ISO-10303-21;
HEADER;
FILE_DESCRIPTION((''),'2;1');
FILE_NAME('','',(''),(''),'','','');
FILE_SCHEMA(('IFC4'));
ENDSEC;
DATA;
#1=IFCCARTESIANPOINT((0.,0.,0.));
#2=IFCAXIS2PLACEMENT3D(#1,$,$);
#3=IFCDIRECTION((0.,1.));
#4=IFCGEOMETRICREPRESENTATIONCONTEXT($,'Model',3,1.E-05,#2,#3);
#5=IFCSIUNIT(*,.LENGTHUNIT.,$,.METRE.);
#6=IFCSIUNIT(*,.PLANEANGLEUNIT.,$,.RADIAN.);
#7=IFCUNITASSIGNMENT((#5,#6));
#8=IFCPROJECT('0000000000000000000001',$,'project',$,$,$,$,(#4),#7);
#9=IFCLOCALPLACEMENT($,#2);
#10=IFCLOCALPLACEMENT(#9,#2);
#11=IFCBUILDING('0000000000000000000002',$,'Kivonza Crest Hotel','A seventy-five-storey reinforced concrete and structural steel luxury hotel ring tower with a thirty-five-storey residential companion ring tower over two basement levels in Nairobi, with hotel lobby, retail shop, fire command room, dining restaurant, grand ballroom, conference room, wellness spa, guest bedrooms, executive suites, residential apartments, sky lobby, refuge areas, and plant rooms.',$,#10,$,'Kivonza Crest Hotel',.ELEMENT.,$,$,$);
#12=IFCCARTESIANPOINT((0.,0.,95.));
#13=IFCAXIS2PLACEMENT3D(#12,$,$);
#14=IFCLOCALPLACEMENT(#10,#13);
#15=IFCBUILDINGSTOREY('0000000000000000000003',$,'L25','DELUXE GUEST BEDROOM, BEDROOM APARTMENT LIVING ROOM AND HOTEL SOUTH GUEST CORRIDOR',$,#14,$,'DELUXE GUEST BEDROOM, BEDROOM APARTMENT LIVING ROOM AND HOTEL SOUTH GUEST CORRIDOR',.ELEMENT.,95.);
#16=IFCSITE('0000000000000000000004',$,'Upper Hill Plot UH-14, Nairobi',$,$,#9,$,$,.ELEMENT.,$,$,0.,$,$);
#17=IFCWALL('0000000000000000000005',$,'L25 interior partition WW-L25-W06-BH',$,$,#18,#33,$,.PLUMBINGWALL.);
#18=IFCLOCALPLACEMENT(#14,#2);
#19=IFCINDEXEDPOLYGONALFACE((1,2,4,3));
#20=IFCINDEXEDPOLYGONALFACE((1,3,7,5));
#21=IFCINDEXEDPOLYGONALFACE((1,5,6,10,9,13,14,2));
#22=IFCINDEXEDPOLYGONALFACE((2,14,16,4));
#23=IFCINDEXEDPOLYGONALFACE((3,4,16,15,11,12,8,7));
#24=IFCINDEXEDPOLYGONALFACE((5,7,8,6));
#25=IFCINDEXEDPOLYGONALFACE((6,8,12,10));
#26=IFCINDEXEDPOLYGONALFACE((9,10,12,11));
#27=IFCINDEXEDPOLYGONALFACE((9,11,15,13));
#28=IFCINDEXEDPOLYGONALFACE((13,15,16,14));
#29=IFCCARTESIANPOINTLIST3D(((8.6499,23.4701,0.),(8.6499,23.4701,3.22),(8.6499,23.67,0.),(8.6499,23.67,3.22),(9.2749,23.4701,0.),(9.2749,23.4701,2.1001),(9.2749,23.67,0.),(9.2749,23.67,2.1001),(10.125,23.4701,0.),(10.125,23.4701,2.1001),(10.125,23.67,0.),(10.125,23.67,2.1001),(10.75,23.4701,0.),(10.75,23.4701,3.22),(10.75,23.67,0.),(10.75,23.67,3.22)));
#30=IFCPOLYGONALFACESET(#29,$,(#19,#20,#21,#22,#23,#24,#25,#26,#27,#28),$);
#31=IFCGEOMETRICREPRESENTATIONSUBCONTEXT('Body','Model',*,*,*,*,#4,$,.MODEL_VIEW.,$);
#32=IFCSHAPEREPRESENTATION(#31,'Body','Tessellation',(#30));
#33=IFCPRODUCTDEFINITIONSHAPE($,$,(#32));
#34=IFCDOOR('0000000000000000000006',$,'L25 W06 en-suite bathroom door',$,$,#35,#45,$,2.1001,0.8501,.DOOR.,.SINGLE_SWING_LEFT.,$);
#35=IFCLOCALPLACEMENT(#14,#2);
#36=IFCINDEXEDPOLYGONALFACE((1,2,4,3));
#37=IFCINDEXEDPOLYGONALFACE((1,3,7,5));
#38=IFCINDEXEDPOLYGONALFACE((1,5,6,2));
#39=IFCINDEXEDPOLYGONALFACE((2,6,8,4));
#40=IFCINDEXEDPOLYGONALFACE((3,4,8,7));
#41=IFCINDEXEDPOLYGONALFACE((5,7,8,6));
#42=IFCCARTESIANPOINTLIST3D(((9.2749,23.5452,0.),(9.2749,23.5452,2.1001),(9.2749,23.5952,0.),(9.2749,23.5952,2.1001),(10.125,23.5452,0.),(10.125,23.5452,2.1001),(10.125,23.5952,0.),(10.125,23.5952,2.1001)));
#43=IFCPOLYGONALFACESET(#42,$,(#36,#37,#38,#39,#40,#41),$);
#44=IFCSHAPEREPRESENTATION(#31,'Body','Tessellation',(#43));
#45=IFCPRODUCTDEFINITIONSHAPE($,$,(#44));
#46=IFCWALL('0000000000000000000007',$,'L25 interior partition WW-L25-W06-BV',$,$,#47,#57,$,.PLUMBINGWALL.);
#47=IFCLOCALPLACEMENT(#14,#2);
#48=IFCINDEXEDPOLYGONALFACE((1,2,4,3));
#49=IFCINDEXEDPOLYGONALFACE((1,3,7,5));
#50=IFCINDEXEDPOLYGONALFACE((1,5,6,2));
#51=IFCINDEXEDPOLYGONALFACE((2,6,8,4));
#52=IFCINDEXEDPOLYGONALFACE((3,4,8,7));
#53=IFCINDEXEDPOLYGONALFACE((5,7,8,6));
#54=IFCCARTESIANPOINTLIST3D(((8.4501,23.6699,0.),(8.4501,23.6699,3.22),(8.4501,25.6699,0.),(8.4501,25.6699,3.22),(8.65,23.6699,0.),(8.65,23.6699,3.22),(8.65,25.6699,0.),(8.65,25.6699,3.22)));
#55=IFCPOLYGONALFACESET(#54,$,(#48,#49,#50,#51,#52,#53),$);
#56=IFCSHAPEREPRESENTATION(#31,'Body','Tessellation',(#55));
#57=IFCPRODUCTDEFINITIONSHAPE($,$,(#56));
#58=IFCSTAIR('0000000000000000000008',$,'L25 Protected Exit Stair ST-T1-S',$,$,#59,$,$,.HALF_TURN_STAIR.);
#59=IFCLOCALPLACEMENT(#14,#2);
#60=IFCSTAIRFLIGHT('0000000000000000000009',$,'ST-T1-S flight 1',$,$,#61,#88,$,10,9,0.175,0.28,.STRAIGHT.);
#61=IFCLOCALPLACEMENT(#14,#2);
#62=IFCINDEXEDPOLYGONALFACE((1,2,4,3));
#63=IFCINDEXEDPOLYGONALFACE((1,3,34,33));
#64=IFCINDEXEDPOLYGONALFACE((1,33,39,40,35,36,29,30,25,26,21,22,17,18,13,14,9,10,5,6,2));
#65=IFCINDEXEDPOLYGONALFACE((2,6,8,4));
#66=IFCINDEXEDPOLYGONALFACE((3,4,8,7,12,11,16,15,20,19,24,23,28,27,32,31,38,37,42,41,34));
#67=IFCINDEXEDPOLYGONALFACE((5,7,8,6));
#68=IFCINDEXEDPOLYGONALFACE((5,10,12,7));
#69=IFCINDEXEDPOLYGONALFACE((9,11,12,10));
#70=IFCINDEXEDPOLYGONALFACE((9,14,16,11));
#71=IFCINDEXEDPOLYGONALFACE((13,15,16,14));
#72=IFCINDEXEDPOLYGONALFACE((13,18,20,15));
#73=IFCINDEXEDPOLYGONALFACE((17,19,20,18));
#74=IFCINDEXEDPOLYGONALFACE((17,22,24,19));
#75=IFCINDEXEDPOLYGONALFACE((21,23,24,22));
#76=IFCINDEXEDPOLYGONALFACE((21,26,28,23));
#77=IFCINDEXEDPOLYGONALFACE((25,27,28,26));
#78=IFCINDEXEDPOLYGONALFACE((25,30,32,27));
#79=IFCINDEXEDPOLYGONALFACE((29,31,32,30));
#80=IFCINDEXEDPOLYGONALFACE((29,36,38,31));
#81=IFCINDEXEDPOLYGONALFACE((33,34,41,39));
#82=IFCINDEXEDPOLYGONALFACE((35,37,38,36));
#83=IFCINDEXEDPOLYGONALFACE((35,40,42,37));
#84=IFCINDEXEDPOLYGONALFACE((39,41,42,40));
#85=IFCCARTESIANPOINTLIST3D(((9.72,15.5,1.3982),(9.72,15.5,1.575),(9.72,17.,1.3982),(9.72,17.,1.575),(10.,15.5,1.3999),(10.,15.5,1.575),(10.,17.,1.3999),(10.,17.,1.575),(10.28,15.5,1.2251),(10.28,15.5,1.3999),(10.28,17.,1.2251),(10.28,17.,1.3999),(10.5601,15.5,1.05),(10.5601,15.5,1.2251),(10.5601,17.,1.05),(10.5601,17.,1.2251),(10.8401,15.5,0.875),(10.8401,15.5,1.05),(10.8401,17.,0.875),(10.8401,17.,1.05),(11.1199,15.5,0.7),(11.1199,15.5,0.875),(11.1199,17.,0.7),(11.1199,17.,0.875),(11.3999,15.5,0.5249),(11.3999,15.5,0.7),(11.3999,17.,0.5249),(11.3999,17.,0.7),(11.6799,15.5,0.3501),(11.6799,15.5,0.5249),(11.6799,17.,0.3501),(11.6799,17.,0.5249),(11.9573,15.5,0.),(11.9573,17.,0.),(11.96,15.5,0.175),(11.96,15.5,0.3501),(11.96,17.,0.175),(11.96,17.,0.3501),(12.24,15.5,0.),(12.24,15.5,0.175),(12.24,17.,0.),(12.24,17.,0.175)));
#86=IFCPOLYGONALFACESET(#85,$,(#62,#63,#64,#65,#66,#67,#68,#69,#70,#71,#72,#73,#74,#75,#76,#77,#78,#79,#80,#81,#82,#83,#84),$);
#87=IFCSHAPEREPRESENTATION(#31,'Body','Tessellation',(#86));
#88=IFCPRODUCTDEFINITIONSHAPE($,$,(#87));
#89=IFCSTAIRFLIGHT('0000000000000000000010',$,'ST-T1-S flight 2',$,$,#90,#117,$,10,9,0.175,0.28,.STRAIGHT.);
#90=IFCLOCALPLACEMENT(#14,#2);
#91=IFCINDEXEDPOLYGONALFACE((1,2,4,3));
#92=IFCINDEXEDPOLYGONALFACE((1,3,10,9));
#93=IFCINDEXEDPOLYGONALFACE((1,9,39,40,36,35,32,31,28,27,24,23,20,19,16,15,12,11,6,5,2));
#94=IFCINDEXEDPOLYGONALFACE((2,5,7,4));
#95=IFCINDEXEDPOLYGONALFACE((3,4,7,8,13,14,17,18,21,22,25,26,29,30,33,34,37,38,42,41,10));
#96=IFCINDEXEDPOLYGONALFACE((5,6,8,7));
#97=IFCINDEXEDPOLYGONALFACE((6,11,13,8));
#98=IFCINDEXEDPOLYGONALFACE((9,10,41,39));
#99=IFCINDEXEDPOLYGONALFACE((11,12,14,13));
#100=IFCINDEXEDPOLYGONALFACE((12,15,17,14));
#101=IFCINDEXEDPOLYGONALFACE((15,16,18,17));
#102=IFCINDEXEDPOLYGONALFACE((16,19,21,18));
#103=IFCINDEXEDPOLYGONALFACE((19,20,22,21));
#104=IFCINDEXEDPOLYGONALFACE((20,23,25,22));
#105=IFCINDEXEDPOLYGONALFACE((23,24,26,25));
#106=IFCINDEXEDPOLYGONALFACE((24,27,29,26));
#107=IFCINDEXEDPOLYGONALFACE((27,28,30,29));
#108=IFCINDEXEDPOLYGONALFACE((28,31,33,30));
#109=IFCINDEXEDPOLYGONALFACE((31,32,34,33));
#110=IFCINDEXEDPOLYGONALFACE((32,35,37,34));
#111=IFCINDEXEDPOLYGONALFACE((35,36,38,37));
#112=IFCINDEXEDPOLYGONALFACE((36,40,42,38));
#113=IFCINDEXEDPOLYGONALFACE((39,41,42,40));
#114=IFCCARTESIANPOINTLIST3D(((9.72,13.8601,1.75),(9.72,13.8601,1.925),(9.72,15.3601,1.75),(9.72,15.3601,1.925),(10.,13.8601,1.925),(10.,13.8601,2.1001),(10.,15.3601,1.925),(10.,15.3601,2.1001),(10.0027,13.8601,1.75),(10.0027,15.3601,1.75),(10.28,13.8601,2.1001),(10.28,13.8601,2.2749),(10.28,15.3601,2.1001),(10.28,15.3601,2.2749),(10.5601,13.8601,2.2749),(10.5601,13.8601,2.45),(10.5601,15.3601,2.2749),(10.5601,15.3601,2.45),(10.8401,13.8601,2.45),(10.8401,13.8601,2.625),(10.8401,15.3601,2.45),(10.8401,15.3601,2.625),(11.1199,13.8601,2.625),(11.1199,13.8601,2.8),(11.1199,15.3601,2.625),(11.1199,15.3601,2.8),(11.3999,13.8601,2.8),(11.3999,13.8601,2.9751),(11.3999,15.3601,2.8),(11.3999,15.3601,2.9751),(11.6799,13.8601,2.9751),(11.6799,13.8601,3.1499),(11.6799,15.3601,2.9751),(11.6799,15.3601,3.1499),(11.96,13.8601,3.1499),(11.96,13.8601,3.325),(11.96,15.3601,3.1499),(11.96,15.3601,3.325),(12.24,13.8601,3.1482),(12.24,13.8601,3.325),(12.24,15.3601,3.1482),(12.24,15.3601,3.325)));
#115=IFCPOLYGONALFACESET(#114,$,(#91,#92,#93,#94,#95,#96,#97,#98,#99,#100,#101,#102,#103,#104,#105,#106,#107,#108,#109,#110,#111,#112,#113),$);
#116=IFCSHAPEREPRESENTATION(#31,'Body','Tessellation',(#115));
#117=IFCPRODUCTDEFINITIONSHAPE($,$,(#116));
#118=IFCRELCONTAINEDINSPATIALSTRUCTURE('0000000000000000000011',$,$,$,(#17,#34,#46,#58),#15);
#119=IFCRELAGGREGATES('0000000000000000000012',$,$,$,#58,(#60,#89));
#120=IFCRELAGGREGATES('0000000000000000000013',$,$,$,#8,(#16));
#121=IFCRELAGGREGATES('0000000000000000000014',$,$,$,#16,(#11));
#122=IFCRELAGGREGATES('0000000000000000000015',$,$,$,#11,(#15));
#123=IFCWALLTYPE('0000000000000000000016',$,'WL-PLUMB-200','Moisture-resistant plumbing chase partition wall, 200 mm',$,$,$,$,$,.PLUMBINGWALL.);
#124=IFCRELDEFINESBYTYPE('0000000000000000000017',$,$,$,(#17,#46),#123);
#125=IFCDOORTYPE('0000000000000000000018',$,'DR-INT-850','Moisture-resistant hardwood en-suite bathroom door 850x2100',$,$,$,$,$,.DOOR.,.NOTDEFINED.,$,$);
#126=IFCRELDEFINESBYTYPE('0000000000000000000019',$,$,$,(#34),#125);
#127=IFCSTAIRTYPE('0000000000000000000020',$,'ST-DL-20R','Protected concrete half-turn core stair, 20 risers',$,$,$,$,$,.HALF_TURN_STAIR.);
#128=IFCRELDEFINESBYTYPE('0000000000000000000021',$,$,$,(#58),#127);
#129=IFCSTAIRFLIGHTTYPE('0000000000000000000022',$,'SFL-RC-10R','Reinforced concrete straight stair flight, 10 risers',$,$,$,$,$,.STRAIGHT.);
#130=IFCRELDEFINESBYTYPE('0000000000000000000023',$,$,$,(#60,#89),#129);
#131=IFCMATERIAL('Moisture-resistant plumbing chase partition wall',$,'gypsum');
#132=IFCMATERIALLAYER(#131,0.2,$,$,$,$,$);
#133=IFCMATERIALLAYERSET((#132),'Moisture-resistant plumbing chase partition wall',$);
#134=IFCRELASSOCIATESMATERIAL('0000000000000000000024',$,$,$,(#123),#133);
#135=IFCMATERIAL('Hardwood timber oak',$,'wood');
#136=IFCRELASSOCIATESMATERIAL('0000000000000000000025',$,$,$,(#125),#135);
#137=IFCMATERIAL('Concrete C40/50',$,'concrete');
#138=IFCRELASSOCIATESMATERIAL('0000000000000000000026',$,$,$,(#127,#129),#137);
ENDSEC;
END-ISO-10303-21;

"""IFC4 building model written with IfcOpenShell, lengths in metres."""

from ifc_helpers import new_model, si_unit, direction, frame, frame_2d, origin, place, context, subcontext, project, spatial, polyline, rectangle, outline, extrude, material, layer, layer_set, type_object, element, fill, aggregate, save


model = new_model("IFC4")

# Units and contexts
model_context = context("Model", 3, precision=1e-05, world=origin(), true_north=direction((0.0, 1.0)))
body_context = subcontext(model_context, "Body", "Model", "MODEL_VIEW")
ifc_project = project(units=[si_unit("LENGTHUNIT", "METRE"), si_unit("PLANEANGLEUNIT", "RADIAN")], contexts=[model_context])

# Site, building, storey
site_placement = place(None, origin())
site = spatial("IfcSite", under=ifc_project, at=site_placement, Name="Upper Hill Plot UH-14, Nairobi", CompositionType="ELEMENT", RefElevation=0.0)
building_placement = place(site_placement, origin())
building = spatial("IfcBuilding", under=site, at=building_placement, Name="Kivonza Crest Hotel", Description="A seventy-five-storey reinforced concrete and structural steel luxury hotel ring tower with a thirty-five-storey residential companion ring tower over two basement levels in Nairobi, with hotel lobby, retail shop, fire command room, dining restaurant, grand ballroom, conference room, wellness spa, guest bedrooms, executive suites, residential apartments, sky lobby, refuge areas, and plant rooms.", LongName="Kivonza Crest Hotel", CompositionType="ELEMENT")
storey_placement = place(building_placement, frame((0.0, 0.0, 95.0)))
storey = spatial("IfcBuildingStorey", under=building, at=storey_placement, Name="L25", Description="DELUXE GUEST BEDROOM, BEDROOM APARTMENT LIVING ROOM AND HOTEL SOUTH GUEST CORRIDOR", LongName="DELUXE GUEST BEDROOM, BEDROOM APARTMENT LIVING ROOM AND HOTEL SOUTH GUEST CORRIDOR", CompositionType="ELEMENT", Elevation=95.0)

# Shared definitions
ifc_material_1 = material(Name="Hardwood timber oak", Category="wood")

# Wall, opening, door
ifc_material_2 = material(Name="Moisture-resistant plumbing chase partition wall", Category="gypsum")
ifc_layer_1 = layer(ifc_material_2, 0.2)
ifc_layer_set_1 = layer_set([ifc_layer_1], Name="Moisture-resistant plumbing chase partition wall")
wall_type_1 = type_object("IfcWallType", Name="WL-PLUMB-200", Description="Moisture-resistant plumbing chase partition wall, 200 mm", PredefinedType="PLUMBINGWALL", material=ifc_layer_set_1)
wall_1_placement = place(storey_placement, frame((8.6499, 23.5701, 0.0), z_axis=(0.0, 0.0, 1.0), x_axis=(1.0, 0.0, 0.0)))
wall_1 = element("IfcWall", 1, at=wall_1_placement, inside=storey, type_object=wall_type_1, Name="L25 interior partition WW-L25-W06-BH", PredefinedType="PLUMBINGWALL", context=body_context, shape_type="SweptSolid", body=[
    extrude(rectangle(XDim=2.1001, YDim=0.2, at=frame_2d((1.05, 0.0))), origin(), (0.0, 0.0, 1.0), 3.22),
])
opening_1_placement = place(wall_1_placement, frame((0.625, 0.0, 0.0)))
opening_1 = element("IfcOpeningElement", 2, at=opening_1_placement, cuts=wall_1, PredefinedType="OPENING", context=body_context, shape_type="SweptSolid", body=[
    extrude(rectangle(XDim=0.8501, YDim=2.1001, at=frame_2d((0.425, 1.05))), frame((0.0, 0.1099, 0.0), z_axis=(0.0, -1.0, 0.0), x_axis=(1.0, 0.0, 0.0)), (0.0, 0.0, 1.0), 0.22),
])
door_type_1 = type_object("IfcDoorType", Name="DR-INT-850", Description="Moisture-resistant hardwood en-suite bathroom door 850x2100", OperationType="NOTDEFINED", PredefinedType="DOOR", material=ifc_material_1)
door_1_placement = place(opening_1_placement, frame((0.8501, 0.0, 0.0), z_axis=(0.0, 0.0, 1.0), x_axis=(-1.0, 0.0, 0.0)))
door_1 = element("IfcDoor", 3, at=door_1_placement, inside=storey, type_object=door_type_1, Name="L25 W06 en-suite bathroom door", OperationType="SINGLE_SWING_LEFT", OverallHeight=2.1001, OverallWidth=0.8501, PredefinedType="DOOR", context=body_context, shape_type="SweptSolid", body=[
    extrude(rectangle(XDim=0.8501, YDim=2.1001, at=frame_2d((0.425, 1.05))), frame((0.0, 0.0249, 0.0), z_axis=(0.0, -1.0, 0.0), x_axis=(1.0, 0.0, 0.0)), (0.0, 0.0, 1.0), 0.05),
])
fill(opening_1, door_1)

# Wall
wall_2_placement = place(storey_placement, frame((8.55, 23.6699, 0.0), z_axis=(0.0, 0.0, 1.0), x_axis=(0.0, 1.0, 0.0)))
element("IfcWall", 4, at=wall_2_placement, inside=storey, type_object=wall_type_1, Name="L25 interior partition WW-L25-W06-BV", PredefinedType="PLUMBINGWALL", context=body_context, shape_type="SweptSolid", body=[
    extrude(rectangle(XDim=2.0, YDim=0.2, at=frame_2d((1.0, 0.0))), origin(), (0.0, 0.0, 1.0), 3.22),
])

# Stair, stair flights
ifc_material_3 = material(Name="Concrete C40/50", Category="concrete")
stair_type = type_object("IfcStairType", Name="ST-DL-20R", Description="Protected concrete half-turn core stair, 20 risers", PredefinedType="HALF_TURN_STAIR", material=ifc_material_3)
stair_placement = place(storey_placement, origin())
stair = element("IfcStair", 5, at=stair_placement, inside=storey, type_object=stair_type, Name="L25 Protected Exit Stair ST-T1-S", PredefinedType="HALF_TURN_STAIR")
stair_flight_type = type_object("IfcStairFlightType", Name="SFL-RC-10R", Description="Reinforced concrete straight stair flight, 10 risers", PredefinedType="STRAIGHT", material=ifc_material_3)
stair_flight_1_placement = place(storey_placement, frame((12.24, 16.25, 0.0), z_axis=(0.0, 0.0, 1.0), x_axis=(-1.0, 0.0, 0.0)))
stair_flight_1 = element("IfcStairFlight", 6, at=stair_flight_1_placement, type_object=stair_flight_type, Name="ST-T1-S flight 1", NumberOfRisers=10, NumberOfTreads=9, PredefinedType="STRAIGHT", RiserHeight=0.175, TreadLength=0.28, context=body_context, shape_type="SweptSolid", body=[
    extrude(outline(polyline([(0.0, 0.0), (0.0, 0.175), (0.28, 0.175), (0.28, 0.3501), (0.5601, 0.3501), (0.5601, 0.5249), (0.8401, 0.5249), (0.8401, 0.7), (1.1201, 0.7), (1.1201, 0.875), (1.3999, 0.875), (1.3999, 1.05), (1.6799, 1.05), (1.6799, 1.2251), (1.96, 1.2251), (1.96, 1.3999), (2.24, 1.3999), (2.24, 1.575), (2.52, 1.575), (2.52, 1.75), (2.52, 1.3982), (0.2827, 0.0), (0.0, 0.0)])), frame((0.0, 0.75, 0.0), z_axis=(0.0, -1.0, 0.0), x_axis=(1.0, 0.0, 0.0)), (0.0, 0.0, 1.0), 1.5),
])
stair_flight_2_placement = place(storey_placement, frame((9.72, 14.6101, 1.75), z_axis=(0.0, 0.0, 1.0), x_axis=(1.0, 0.0, 0.0)))
stair_flight_2 = element("IfcStairFlight", 7, at=stair_flight_2_placement, type_object=stair_flight_type, Name="ST-T1-S flight 2", NumberOfRisers=10, NumberOfTreads=9, PredefinedType="STRAIGHT", RiserHeight=0.175, TreadLength=0.28, context=body_context, shape_type="SweptSolid", body=[
    extrude(outline(polyline([(0.0, 0.0), (0.0, 0.175), (0.28, 0.175), (0.28, 0.3501), (0.5601, 0.3501), (0.5601, 0.5249), (0.8401, 0.5249), (0.8401, 0.7), (1.1201, 0.7), (1.1201, 0.875), (1.3999, 0.875), (1.3999, 1.05), (1.6799, 1.05), (1.6799, 1.2251), (1.96, 1.2251), (1.96, 1.3999), (2.24, 1.3999), (2.24, 1.575), (2.52, 1.575), (2.52, 1.75), (2.52, 1.3982), (0.2827, 0.0), (0.0, 0.0)])), frame((0.0, 0.75, 0.0), z_axis=(0.0, -1.0, 0.0), x_axis=(1.0, 0.0, 0.0)), (0.0, 0.0, 1.0), 1.5),
])
aggregate(stair, [stair_flight_1, stair_flight_2])

save(model, "model.ifc")
